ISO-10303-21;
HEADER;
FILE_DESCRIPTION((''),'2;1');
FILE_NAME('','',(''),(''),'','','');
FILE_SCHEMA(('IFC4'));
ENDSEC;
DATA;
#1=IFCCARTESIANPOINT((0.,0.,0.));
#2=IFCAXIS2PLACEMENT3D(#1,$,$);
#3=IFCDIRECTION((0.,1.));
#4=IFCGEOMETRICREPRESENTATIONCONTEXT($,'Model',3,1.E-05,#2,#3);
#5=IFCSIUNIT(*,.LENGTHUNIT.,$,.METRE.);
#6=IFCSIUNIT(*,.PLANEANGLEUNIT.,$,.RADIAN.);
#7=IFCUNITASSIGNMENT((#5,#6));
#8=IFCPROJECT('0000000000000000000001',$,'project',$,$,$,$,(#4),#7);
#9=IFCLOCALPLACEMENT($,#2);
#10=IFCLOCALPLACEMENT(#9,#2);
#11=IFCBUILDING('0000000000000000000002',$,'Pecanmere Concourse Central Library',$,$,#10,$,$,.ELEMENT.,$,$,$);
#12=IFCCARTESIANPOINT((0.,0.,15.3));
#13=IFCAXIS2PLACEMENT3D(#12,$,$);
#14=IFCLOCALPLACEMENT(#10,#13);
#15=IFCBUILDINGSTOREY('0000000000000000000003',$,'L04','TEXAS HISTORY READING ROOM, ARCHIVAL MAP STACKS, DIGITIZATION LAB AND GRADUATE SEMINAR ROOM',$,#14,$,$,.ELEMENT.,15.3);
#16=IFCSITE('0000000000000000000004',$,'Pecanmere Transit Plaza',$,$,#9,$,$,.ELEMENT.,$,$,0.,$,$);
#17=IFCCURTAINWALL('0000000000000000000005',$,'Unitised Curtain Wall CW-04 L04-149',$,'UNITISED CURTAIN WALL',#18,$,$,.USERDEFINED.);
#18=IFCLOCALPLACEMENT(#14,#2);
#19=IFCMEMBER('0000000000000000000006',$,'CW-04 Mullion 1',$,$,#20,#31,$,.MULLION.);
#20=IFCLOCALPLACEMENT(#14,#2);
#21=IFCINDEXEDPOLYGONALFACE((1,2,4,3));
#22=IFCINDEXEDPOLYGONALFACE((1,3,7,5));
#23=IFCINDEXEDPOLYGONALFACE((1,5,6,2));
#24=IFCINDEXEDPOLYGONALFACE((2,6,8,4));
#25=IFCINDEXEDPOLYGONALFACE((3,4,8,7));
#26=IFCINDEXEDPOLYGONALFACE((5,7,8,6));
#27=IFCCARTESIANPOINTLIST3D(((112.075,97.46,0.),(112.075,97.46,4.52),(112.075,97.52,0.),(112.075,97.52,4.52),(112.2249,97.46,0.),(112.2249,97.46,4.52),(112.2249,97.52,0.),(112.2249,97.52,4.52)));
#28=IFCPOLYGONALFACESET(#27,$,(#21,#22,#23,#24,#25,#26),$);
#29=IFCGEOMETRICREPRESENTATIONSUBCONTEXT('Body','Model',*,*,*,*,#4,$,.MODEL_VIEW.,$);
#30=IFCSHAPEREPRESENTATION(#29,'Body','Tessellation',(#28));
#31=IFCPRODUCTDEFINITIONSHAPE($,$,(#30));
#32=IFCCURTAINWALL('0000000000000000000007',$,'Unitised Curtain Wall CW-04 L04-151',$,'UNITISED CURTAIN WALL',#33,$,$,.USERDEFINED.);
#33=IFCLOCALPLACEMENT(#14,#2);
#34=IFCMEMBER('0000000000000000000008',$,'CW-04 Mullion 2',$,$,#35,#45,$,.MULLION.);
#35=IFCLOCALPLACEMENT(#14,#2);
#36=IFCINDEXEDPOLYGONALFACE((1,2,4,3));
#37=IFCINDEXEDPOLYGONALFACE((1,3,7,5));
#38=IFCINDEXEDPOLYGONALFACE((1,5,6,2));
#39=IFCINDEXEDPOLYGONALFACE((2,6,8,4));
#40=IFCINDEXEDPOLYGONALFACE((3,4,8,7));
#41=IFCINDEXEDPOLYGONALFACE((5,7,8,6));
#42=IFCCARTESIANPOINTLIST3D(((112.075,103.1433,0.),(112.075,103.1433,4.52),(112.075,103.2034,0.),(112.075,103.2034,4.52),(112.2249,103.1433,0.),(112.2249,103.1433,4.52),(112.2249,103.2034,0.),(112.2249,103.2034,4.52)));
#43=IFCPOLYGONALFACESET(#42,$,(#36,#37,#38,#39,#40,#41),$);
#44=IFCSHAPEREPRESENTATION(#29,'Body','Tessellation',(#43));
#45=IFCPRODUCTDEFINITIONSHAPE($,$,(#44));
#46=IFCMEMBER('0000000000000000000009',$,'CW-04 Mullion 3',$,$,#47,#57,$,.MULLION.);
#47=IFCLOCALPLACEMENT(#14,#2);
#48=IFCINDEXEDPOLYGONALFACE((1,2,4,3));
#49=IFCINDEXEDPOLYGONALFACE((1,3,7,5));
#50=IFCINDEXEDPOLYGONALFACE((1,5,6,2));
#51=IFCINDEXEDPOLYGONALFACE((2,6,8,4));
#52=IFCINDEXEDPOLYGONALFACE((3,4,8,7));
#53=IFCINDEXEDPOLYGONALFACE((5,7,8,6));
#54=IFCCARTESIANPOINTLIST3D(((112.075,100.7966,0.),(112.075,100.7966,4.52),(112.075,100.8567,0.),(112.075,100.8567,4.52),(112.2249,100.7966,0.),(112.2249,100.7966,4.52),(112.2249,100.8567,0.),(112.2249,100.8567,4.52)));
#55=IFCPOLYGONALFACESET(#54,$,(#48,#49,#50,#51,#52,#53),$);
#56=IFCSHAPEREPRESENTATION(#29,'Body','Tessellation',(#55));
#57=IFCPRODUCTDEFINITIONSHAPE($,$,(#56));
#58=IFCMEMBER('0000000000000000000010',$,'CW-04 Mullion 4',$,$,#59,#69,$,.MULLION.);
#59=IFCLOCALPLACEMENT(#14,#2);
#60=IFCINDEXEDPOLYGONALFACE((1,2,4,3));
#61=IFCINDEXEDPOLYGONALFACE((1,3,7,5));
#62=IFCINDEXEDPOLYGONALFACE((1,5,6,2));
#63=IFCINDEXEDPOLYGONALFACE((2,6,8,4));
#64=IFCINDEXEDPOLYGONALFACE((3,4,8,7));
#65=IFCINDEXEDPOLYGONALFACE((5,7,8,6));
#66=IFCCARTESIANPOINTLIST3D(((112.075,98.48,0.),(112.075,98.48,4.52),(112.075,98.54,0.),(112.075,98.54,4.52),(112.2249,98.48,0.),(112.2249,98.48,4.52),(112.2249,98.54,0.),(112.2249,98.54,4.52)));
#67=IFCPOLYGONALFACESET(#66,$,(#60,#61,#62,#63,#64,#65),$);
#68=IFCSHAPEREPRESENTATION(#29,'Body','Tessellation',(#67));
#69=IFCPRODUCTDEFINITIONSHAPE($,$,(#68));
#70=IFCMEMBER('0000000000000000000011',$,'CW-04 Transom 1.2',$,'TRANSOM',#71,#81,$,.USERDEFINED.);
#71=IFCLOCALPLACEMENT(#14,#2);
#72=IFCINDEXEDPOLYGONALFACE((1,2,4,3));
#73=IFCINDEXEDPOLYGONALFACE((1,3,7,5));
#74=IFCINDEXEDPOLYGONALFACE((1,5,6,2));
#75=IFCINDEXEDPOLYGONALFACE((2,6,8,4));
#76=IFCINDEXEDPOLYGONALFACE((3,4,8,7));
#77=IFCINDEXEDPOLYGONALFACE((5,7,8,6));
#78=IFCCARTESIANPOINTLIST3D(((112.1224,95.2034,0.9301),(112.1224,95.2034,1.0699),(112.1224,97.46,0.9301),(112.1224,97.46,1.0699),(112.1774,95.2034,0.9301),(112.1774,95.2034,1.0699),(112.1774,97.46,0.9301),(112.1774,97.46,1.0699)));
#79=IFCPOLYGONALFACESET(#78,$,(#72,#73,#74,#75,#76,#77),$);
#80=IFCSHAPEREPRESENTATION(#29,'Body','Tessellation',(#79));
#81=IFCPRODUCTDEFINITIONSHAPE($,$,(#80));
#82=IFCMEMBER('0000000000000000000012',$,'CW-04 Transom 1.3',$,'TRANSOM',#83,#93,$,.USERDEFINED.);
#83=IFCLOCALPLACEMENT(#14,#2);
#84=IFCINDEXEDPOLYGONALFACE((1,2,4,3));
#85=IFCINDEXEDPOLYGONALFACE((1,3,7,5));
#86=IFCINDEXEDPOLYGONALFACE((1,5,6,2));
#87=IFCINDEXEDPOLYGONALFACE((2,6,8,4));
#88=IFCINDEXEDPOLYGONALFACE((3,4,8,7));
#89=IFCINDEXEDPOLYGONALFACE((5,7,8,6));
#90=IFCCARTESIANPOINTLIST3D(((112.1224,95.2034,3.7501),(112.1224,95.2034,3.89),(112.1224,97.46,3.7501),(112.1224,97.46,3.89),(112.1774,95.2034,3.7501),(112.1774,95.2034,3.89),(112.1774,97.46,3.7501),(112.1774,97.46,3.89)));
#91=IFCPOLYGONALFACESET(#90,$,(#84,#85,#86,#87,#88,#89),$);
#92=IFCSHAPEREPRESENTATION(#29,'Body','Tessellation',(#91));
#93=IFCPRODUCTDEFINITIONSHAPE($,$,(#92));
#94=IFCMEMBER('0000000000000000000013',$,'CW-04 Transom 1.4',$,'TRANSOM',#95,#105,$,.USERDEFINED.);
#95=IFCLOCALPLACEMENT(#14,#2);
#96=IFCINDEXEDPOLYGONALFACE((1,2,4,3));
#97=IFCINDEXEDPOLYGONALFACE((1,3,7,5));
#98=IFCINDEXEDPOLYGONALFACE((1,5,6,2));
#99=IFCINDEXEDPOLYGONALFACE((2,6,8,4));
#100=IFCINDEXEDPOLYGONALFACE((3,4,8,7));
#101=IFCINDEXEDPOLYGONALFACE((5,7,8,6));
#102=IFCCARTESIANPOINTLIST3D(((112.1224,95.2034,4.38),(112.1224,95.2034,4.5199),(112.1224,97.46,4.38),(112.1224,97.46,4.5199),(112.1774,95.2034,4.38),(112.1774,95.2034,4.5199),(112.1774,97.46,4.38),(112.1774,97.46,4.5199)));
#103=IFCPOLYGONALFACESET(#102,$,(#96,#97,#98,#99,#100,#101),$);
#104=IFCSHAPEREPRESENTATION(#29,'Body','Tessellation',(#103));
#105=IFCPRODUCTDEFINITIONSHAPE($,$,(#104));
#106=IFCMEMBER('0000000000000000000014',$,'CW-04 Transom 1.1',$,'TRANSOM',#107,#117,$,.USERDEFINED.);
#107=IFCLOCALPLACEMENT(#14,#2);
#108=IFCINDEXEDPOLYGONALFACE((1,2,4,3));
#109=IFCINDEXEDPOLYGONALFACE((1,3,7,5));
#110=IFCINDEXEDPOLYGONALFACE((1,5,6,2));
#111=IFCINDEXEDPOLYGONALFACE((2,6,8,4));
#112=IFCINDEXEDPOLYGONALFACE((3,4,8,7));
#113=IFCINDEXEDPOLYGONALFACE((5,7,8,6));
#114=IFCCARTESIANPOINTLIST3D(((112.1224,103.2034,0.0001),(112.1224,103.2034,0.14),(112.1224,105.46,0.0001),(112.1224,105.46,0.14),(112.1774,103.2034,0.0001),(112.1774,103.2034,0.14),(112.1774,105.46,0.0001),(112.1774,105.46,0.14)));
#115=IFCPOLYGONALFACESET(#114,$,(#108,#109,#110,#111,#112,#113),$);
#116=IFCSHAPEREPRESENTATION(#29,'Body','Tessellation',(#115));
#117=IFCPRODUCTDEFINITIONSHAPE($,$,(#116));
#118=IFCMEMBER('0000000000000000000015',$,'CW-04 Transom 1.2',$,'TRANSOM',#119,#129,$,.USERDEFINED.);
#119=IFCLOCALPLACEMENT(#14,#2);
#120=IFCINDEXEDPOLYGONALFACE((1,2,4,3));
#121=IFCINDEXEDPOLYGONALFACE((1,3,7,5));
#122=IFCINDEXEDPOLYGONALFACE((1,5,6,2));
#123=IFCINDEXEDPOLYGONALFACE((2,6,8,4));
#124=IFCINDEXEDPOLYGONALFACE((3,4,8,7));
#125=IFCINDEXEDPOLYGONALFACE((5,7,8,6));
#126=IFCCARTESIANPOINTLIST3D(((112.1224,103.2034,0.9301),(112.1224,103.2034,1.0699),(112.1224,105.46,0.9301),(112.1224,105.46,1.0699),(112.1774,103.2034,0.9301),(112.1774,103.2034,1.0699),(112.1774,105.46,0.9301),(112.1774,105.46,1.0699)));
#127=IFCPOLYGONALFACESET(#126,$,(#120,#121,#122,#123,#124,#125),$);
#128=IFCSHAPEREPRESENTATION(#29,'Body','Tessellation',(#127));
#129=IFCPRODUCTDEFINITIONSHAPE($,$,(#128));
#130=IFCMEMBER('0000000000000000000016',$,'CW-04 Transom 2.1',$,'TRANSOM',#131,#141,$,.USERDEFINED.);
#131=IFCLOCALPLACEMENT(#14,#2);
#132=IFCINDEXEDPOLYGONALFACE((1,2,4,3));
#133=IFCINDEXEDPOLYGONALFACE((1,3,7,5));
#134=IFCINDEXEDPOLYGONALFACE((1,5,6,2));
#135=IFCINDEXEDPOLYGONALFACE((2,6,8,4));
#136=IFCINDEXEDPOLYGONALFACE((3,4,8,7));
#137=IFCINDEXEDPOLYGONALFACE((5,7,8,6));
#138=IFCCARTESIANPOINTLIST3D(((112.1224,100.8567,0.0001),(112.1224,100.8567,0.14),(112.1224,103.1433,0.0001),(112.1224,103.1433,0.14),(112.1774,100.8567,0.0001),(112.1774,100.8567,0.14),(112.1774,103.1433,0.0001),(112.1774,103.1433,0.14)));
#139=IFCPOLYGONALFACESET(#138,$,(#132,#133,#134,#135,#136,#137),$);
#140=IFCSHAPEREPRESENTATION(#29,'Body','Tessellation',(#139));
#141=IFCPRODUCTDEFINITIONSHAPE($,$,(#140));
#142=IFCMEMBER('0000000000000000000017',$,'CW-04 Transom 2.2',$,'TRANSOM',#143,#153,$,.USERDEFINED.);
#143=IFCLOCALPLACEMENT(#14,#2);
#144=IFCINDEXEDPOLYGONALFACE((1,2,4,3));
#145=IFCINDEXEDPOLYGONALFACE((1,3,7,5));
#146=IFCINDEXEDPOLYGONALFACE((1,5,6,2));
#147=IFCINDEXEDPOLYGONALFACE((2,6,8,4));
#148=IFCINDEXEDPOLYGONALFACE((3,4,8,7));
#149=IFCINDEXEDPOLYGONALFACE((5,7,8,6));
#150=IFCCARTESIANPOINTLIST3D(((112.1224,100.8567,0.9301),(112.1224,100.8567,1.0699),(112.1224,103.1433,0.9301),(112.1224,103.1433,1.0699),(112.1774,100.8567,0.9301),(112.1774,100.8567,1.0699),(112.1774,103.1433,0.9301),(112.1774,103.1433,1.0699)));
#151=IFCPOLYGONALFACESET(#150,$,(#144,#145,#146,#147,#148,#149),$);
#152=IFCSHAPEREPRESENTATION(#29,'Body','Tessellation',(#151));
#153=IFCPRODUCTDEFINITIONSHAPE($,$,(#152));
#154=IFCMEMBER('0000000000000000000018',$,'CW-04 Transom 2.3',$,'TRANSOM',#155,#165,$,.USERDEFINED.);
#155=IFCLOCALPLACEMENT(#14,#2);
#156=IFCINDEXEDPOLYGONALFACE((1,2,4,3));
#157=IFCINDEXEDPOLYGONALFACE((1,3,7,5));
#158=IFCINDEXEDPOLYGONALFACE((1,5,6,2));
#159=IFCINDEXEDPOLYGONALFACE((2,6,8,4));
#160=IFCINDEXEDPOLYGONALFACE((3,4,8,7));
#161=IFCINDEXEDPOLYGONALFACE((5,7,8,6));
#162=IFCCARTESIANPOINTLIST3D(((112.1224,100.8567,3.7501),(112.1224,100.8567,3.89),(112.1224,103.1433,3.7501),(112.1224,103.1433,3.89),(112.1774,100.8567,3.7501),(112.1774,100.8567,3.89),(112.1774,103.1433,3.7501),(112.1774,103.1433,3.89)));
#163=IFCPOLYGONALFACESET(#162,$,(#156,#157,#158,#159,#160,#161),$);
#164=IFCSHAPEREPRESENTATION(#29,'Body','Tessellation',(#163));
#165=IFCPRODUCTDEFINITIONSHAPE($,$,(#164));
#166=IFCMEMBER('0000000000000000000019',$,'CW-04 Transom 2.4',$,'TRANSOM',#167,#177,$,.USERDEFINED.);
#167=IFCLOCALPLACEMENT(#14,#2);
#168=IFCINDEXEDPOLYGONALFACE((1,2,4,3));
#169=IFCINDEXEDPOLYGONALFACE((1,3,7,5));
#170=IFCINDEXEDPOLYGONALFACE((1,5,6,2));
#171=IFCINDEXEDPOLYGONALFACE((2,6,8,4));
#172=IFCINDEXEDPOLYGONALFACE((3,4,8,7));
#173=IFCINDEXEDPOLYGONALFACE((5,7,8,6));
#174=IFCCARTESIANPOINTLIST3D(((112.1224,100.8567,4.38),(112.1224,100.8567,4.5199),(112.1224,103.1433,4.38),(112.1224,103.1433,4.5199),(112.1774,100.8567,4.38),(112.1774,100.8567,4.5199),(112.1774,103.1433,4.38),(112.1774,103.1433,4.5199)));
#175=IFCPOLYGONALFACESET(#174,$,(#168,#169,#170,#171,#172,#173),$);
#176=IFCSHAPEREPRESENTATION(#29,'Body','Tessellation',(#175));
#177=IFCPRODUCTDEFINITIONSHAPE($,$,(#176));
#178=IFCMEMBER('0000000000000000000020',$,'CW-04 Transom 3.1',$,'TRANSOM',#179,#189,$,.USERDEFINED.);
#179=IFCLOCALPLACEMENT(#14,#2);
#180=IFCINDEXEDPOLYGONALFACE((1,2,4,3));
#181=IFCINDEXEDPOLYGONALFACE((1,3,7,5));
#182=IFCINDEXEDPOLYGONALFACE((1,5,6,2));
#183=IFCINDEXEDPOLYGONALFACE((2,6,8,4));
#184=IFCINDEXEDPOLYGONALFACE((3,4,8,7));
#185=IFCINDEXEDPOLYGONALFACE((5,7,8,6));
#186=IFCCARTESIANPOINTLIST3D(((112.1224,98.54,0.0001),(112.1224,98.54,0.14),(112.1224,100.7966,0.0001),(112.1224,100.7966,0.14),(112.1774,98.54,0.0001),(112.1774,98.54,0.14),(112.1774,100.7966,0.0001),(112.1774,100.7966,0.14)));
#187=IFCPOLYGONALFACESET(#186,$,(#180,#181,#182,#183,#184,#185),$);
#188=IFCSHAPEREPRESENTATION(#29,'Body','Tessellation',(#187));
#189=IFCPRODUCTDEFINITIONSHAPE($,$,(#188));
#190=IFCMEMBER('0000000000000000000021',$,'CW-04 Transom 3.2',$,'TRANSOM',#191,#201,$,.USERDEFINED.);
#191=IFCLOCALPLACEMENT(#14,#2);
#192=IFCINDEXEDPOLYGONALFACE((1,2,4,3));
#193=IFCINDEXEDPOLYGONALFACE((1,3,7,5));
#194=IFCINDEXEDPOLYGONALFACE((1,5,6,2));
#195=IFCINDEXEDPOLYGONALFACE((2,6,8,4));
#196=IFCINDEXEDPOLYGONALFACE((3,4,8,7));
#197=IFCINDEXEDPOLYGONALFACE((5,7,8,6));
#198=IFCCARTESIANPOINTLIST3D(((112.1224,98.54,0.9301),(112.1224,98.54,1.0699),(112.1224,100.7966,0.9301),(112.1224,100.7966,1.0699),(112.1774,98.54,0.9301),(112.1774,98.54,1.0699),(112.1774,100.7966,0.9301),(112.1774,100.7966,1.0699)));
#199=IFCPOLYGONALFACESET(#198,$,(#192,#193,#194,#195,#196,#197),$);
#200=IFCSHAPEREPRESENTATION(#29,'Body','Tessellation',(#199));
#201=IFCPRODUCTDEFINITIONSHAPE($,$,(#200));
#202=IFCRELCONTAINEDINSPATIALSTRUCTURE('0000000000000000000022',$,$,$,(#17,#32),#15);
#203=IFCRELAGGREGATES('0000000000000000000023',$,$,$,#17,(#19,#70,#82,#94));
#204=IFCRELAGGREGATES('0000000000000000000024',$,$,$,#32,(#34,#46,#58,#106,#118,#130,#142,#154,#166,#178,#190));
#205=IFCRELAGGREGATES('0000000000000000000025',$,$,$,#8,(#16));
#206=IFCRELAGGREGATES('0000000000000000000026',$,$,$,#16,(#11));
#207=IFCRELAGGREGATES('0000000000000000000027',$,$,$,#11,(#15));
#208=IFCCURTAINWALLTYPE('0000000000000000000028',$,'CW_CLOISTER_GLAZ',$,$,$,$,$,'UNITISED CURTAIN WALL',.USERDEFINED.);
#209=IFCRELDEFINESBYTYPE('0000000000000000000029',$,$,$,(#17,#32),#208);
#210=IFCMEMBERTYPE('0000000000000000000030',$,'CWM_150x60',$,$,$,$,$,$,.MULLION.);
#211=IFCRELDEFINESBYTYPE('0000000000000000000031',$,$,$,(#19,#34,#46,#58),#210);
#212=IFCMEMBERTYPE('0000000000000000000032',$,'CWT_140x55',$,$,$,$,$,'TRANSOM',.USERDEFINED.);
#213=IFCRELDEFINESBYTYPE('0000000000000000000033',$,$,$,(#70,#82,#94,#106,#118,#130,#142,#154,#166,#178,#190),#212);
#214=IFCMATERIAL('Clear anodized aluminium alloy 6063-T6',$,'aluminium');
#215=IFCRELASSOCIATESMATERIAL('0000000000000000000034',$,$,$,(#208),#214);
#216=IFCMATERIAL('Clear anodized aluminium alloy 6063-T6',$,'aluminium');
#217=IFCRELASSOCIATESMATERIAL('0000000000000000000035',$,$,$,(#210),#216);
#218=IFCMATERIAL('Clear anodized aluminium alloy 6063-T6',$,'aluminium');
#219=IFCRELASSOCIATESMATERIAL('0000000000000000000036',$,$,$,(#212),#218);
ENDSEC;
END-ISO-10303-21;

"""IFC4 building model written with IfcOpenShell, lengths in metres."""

from ifc_helpers import new_model, si_unit, direction, frame, origin, origin_2d, place, context, subcontext, project, spatial, rectangle, extrude, material, material_profile, profile_set, type_object, element, aggregate, save


model = new_model("IFC4")

# Units and contexts
model_context = context("Model", 3, precision=1e-05, world=origin(), true_north=direction((0.0, 1.0)))
body_context = subcontext(model_context, "Body", "Model", "MODEL_VIEW")
ifc_project = project(units=[si_unit("LENGTHUNIT", "METRE"), si_unit("PLANEANGLEUNIT", "RADIAN")], contexts=[model_context])

# Site, building, storey
site_placement = place(None, origin())
site = spatial("IfcSite", under=ifc_project, at=site_placement, Name="Pecanmere Transit Plaza", CompositionType="ELEMENT", RefElevation=0.0)
building_placement = place(site_placement, origin())
building = spatial("IfcBuilding", under=site, at=building_placement, Name="Pecanmere Concourse Central Library", CompositionType="ELEMENT")
storey_placement = place(building_placement, frame((0.0, 0.0, 15.3)))
storey = spatial("IfcBuildingStorey", under=building, at=storey_placement, Name="L04", Description="TEXAS HISTORY READING ROOM, ARCHIVAL MAP STACKS, DIGITIZATION LAB AND GRADUATE SEMINAR ROOM", CompositionType="ELEMENT", Elevation=15.3)

# Curtain wall, member
ifc_material_1 = material(Name="Clear anodized aluminium alloy 6063-T6", Category="aluminium")
curtain_wall_type = type_object("IfcCurtainWallType", Name="CW_CLOISTER_GLAZ", ElementType="UNITISED CURTAIN WALL", PredefinedType="USERDEFINED", material=ifc_material_1)
curtain_wall_1_placement = place(storey_placement, origin())
curtain_wall_1 = element("IfcCurtainWall", 1, at=curtain_wall_1_placement, inside=storey, type_object=curtain_wall_type, Name="Unitised Curtain Wall CW-04 L04-149", ObjectType="UNITISED CURTAIN WALL", PredefinedType="USERDEFINED")
ifc_material_2 = material(Name="Clear anodized aluminium alloy 6063-T6", Category="aluminium")
ifc_material_profile_1 = material_profile(ifc_material_2, rectangle(XDim=0.0601, YDim=0.1499, at=origin_2d()), Name="AL 60x150")
ifc_profile_set_1 = profile_set([ifc_material_profile_1], Name="Clear anodized aluminium alloy 6063-T6")
member_type_1 = type_object("IfcMemberType", Name="CWM_150x60", PredefinedType="MULLION", material=ifc_profile_set_1)
member_1_placement = place(storey_placement, frame((112.1499, 97.49, 0.0), z_axis=(0.0, 0.0, 1.0), x_axis=(0.0, -1.0, 0.0)))
member_1 = element("IfcMember", 2, at=member_1_placement, type_object=member_type_1, Name="CW-04 Mullion 1", PredefinedType="MULLION", context=body_context, shape_type="SweptSolid", body=[
    extrude(rectangle(XDim=0.0601, YDim=0.1499, at=origin_2d()), origin(), (0.0, 0.0, 1.0), 4.52),
])

# Curtain wall, members
curtain_wall_2_placement = place(storey_placement, origin())
curtain_wall_2 = element("IfcCurtainWall", 3, at=curtain_wall_2_placement, inside=storey, type_object=curtain_wall_type, Name="Unitised Curtain Wall CW-04 L04-151", ObjectType="UNITISED CURTAIN WALL", PredefinedType="USERDEFINED")
member_2_placement = place(storey_placement, frame((112.1499, 103.1733, 0.0), z_axis=(0.0, 0.0, 1.0), x_axis=(0.0, -1.0, 0.0)))
member_2 = element("IfcMember", 4, at=member_2_placement, type_object=member_type_1, Name="CW-04 Mullion 2", PredefinedType="MULLION", context=body_context, shape_type="SweptSolid", body=[
    extrude(rectangle(XDim=0.0601, YDim=0.1499, at=origin_2d()), origin(), (0.0, 0.0, 1.0), 4.52),
])
member_3_placement = place(storey_placement, frame((112.1499, 100.8267, 0.0), z_axis=(0.0, 0.0, 1.0), x_axis=(0.0, -1.0, 0.0)))
member_3 = element("IfcMember", 5, at=member_3_placement, type_object=member_type_1, Name="CW-04 Mullion 3", PredefinedType="MULLION", context=body_context, shape_type="SweptSolid", body=[
    extrude(rectangle(XDim=0.0601, YDim=0.1499, at=origin_2d()), origin(), (0.0, 0.0, 1.0), 4.52),
])
member_4_placement = place(storey_placement, frame((112.1499, 98.51, 0.0), z_axis=(0.0, 0.0, 1.0), x_axis=(0.0, -1.0, 0.0)))
member_4 = element("IfcMember", 6, at=member_4_placement, type_object=member_type_1, Name="CW-04 Mullion 4", PredefinedType="MULLION", context=body_context, shape_type="SweptSolid", body=[
    extrude(rectangle(XDim=0.0601, YDim=0.1499, at=origin_2d()), origin(), (0.0, 0.0, 1.0), 4.52),
])

# Members
ifc_material_3 = material(Name="Clear anodized aluminium alloy 6063-T6", Category="aluminium")
ifc_material_profile_2 = material_profile(ifc_material_3, rectangle(XDim=0.0549, YDim=0.1399, at=origin_2d()), Name="AL 55x140")
ifc_profile_set_2 = profile_set([ifc_material_profile_2], Name="Clear anodized aluminium alloy 6063-T6")
member_type_2 = type_object("IfcMemberType", Name="CWT_140x55", ElementType="TRANSOM", PredefinedType="USERDEFINED", material=ifc_profile_set_2)
member_5_placement = place(storey_placement, frame((112.1499, 97.46, 1.0), z_axis=(0.0, -1.0, 0.0), x_axis=(1.0, 0.0, 0.0)))
member_5 = element("IfcMember", 7, at=member_5_placement, type_object=member_type_2, Name="CW-04 Transom 1.2", ObjectType="TRANSOM", PredefinedType="USERDEFINED", context=body_context, shape_type="SweptSolid", body=[
    extrude(rectangle(XDim=0.0549, YDim=0.1399, at=origin_2d()), origin(), (0.0, 0.0, 1.0), 2.2566),
])
member_6_placement = place(storey_placement, frame((112.1499, 97.46, 3.8201), z_axis=(0.0, -1.0, 0.0), x_axis=(1.0, 0.0, 0.0)))
member_6 = element("IfcMember", 8, at=member_6_placement, type_object=member_type_2, Name="CW-04 Transom 1.3", ObjectType="TRANSOM", PredefinedType="USERDEFINED", context=body_context, shape_type="SweptSolid", body=[
    extrude(rectangle(XDim=0.0549, YDim=0.1399, at=origin_2d()), origin(), (0.0, 0.0, 1.0), 2.2566),
])
member_7_placement = place(storey_placement, frame((112.1499, 97.46, 4.45), z_axis=(0.0, -1.0, 0.0), x_axis=(1.0, 0.0, 0.0)))
member_7 = element("IfcMember", 9, at=member_7_placement, type_object=member_type_2, Name="CW-04 Transom 1.4", ObjectType="TRANSOM", PredefinedType="USERDEFINED", context=body_context, shape_type="SweptSolid", body=[
    extrude(rectangle(XDim=0.0549, YDim=0.1399, at=origin_2d()), origin(), (0.0, 0.0, 1.0), 2.2566),
])
aggregate(curtain_wall_1, [member_1, member_5, member_6, member_7])
member_8_placement = place(storey_placement, frame((112.1499, 105.46, 0.0701), z_axis=(0.0, -1.0, 0.0), x_axis=(1.0, 0.0, 0.0)))
member_8 = element("IfcMember", 10, at=member_8_placement, type_object=member_type_2, Name="CW-04 Transom 1.1", ObjectType="TRANSOM", PredefinedType="USERDEFINED", context=body_context, shape_type="SweptSolid", body=[
    extrude(rectangle(XDim=0.0549, YDim=0.1399, at=origin_2d()), origin(), (0.0, 0.0, 1.0), 2.2566),
])
member_9_placement = place(storey_placement, frame((112.1499, 105.46, 1.0), z_axis=(0.0, -1.0, 0.0), x_axis=(1.0, 0.0, 0.0)))
member_9 = element("IfcMember", 11, at=member_9_placement, type_object=member_type_2, Name="CW-04 Transom 1.2", ObjectType="TRANSOM", PredefinedType="USERDEFINED", context=body_context, shape_type="SweptSolid", body=[
    extrude(rectangle(XDim=0.0549, YDim=0.1399, at=origin_2d()), origin(), (0.0, 0.0, 1.0), 2.2566),
])
member_10_placement = place(storey_placement, frame((112.1499, 103.1433, 0.0701), z_axis=(0.0, -1.0, 0.0), x_axis=(1.0, 0.0, 0.0)))
member_10 = element("IfcMember", 12, at=member_10_placement, type_object=member_type_2, Name="CW-04 Transom 2.1", ObjectType="TRANSOM", PredefinedType="USERDEFINED", context=body_context, shape_type="SweptSolid", body=[
    extrude(rectangle(XDim=0.0549, YDim=0.1399, at=origin_2d()), origin(), (0.0, 0.0, 1.0), 2.2866),
])
member_11_placement = place(storey_placement, frame((112.1499, 103.1433, 1.0), z_axis=(0.0, -1.0, 0.0), x_axis=(1.0, 0.0, 0.0)))
member_11 = element("IfcMember", 13, at=member_11_placement, type_object=member_type_2, Name="CW-04 Transom 2.2", ObjectType="TRANSOM", PredefinedType="USERDEFINED", context=body_context, shape_type="SweptSolid", body=[
    extrude(rectangle(XDim=0.0549, YDim=0.1399, at=origin_2d()), origin(), (0.0, 0.0, 1.0), 2.2866),
])
member_12_placement = place(storey_placement, frame((112.1499, 103.1433, 3.8201), z_axis=(0.0, -1.0, 0.0), x_axis=(1.0, 0.0, 0.0)))
member_12 = element("IfcMember", 14, at=member_12_placement, type_object=member_type_2, Name="CW-04 Transom 2.3", ObjectType="TRANSOM", PredefinedType="USERDEFINED", context=body_context, shape_type="SweptSolid", body=[
    extrude(rectangle(XDim=0.0549, YDim=0.1399, at=origin_2d()), origin(), (0.0, 0.0, 1.0), 2.2866),
])
member_13_placement = place(storey_placement, frame((112.1499, 103.1433, 4.45), z_axis=(0.0, -1.0, 0.0), x_axis=(1.0, 0.0, 0.0)))
member_13 = element("IfcMember", 15, at=member_13_placement, type_object=member_type_2, Name="CW-04 Transom 2.4", ObjectType="TRANSOM", PredefinedType="USERDEFINED", context=body_context, shape_type="SweptSolid", body=[
    extrude(rectangle(XDim=0.0549, YDim=0.1399, at=origin_2d()), origin(), (0.0, 0.0, 1.0), 2.2866),
])
member_14_placement = place(storey_placement, frame((112.1499, 100.7966, 0.0701), z_axis=(0.0, -1.0, 0.0), x_axis=(1.0, 0.0, 0.0)))
member_14 = element("IfcMember", 16, at=member_14_placement, type_object=member_type_2, Name="CW-04 Transom 3.1", ObjectType="TRANSOM", PredefinedType="USERDEFINED", context=body_context, shape_type="SweptSolid", body=[
    extrude(rectangle(XDim=0.0549, YDim=0.1399, at=origin_2d()), origin(), (0.0, 0.0, 1.0), 2.2566),
])
member_15_placement = place(storey_placement, frame((112.1499, 100.7966, 1.0), z_axis=(0.0, -1.0, 0.0), x_axis=(1.0, 0.0, 0.0)))
member_15 = element("IfcMember", 17, at=member_15_placement, type_object=member_type_2, Name="CW-04 Transom 3.2", ObjectType="TRANSOM", PredefinedType="USERDEFINED", context=body_context, shape_type="SweptSolid", body=[
    extrude(rectangle(XDim=0.0549, YDim=0.1399, at=origin_2d()), origin(), (0.0, 0.0, 1.0), 2.2566),
])

aggregate(curtain_wall_2, [member_2, member_3, member_4, member_8, member_9, member_10, member_11, member_12, member_13, member_14, member_15])

save(model, "model.ifc")
